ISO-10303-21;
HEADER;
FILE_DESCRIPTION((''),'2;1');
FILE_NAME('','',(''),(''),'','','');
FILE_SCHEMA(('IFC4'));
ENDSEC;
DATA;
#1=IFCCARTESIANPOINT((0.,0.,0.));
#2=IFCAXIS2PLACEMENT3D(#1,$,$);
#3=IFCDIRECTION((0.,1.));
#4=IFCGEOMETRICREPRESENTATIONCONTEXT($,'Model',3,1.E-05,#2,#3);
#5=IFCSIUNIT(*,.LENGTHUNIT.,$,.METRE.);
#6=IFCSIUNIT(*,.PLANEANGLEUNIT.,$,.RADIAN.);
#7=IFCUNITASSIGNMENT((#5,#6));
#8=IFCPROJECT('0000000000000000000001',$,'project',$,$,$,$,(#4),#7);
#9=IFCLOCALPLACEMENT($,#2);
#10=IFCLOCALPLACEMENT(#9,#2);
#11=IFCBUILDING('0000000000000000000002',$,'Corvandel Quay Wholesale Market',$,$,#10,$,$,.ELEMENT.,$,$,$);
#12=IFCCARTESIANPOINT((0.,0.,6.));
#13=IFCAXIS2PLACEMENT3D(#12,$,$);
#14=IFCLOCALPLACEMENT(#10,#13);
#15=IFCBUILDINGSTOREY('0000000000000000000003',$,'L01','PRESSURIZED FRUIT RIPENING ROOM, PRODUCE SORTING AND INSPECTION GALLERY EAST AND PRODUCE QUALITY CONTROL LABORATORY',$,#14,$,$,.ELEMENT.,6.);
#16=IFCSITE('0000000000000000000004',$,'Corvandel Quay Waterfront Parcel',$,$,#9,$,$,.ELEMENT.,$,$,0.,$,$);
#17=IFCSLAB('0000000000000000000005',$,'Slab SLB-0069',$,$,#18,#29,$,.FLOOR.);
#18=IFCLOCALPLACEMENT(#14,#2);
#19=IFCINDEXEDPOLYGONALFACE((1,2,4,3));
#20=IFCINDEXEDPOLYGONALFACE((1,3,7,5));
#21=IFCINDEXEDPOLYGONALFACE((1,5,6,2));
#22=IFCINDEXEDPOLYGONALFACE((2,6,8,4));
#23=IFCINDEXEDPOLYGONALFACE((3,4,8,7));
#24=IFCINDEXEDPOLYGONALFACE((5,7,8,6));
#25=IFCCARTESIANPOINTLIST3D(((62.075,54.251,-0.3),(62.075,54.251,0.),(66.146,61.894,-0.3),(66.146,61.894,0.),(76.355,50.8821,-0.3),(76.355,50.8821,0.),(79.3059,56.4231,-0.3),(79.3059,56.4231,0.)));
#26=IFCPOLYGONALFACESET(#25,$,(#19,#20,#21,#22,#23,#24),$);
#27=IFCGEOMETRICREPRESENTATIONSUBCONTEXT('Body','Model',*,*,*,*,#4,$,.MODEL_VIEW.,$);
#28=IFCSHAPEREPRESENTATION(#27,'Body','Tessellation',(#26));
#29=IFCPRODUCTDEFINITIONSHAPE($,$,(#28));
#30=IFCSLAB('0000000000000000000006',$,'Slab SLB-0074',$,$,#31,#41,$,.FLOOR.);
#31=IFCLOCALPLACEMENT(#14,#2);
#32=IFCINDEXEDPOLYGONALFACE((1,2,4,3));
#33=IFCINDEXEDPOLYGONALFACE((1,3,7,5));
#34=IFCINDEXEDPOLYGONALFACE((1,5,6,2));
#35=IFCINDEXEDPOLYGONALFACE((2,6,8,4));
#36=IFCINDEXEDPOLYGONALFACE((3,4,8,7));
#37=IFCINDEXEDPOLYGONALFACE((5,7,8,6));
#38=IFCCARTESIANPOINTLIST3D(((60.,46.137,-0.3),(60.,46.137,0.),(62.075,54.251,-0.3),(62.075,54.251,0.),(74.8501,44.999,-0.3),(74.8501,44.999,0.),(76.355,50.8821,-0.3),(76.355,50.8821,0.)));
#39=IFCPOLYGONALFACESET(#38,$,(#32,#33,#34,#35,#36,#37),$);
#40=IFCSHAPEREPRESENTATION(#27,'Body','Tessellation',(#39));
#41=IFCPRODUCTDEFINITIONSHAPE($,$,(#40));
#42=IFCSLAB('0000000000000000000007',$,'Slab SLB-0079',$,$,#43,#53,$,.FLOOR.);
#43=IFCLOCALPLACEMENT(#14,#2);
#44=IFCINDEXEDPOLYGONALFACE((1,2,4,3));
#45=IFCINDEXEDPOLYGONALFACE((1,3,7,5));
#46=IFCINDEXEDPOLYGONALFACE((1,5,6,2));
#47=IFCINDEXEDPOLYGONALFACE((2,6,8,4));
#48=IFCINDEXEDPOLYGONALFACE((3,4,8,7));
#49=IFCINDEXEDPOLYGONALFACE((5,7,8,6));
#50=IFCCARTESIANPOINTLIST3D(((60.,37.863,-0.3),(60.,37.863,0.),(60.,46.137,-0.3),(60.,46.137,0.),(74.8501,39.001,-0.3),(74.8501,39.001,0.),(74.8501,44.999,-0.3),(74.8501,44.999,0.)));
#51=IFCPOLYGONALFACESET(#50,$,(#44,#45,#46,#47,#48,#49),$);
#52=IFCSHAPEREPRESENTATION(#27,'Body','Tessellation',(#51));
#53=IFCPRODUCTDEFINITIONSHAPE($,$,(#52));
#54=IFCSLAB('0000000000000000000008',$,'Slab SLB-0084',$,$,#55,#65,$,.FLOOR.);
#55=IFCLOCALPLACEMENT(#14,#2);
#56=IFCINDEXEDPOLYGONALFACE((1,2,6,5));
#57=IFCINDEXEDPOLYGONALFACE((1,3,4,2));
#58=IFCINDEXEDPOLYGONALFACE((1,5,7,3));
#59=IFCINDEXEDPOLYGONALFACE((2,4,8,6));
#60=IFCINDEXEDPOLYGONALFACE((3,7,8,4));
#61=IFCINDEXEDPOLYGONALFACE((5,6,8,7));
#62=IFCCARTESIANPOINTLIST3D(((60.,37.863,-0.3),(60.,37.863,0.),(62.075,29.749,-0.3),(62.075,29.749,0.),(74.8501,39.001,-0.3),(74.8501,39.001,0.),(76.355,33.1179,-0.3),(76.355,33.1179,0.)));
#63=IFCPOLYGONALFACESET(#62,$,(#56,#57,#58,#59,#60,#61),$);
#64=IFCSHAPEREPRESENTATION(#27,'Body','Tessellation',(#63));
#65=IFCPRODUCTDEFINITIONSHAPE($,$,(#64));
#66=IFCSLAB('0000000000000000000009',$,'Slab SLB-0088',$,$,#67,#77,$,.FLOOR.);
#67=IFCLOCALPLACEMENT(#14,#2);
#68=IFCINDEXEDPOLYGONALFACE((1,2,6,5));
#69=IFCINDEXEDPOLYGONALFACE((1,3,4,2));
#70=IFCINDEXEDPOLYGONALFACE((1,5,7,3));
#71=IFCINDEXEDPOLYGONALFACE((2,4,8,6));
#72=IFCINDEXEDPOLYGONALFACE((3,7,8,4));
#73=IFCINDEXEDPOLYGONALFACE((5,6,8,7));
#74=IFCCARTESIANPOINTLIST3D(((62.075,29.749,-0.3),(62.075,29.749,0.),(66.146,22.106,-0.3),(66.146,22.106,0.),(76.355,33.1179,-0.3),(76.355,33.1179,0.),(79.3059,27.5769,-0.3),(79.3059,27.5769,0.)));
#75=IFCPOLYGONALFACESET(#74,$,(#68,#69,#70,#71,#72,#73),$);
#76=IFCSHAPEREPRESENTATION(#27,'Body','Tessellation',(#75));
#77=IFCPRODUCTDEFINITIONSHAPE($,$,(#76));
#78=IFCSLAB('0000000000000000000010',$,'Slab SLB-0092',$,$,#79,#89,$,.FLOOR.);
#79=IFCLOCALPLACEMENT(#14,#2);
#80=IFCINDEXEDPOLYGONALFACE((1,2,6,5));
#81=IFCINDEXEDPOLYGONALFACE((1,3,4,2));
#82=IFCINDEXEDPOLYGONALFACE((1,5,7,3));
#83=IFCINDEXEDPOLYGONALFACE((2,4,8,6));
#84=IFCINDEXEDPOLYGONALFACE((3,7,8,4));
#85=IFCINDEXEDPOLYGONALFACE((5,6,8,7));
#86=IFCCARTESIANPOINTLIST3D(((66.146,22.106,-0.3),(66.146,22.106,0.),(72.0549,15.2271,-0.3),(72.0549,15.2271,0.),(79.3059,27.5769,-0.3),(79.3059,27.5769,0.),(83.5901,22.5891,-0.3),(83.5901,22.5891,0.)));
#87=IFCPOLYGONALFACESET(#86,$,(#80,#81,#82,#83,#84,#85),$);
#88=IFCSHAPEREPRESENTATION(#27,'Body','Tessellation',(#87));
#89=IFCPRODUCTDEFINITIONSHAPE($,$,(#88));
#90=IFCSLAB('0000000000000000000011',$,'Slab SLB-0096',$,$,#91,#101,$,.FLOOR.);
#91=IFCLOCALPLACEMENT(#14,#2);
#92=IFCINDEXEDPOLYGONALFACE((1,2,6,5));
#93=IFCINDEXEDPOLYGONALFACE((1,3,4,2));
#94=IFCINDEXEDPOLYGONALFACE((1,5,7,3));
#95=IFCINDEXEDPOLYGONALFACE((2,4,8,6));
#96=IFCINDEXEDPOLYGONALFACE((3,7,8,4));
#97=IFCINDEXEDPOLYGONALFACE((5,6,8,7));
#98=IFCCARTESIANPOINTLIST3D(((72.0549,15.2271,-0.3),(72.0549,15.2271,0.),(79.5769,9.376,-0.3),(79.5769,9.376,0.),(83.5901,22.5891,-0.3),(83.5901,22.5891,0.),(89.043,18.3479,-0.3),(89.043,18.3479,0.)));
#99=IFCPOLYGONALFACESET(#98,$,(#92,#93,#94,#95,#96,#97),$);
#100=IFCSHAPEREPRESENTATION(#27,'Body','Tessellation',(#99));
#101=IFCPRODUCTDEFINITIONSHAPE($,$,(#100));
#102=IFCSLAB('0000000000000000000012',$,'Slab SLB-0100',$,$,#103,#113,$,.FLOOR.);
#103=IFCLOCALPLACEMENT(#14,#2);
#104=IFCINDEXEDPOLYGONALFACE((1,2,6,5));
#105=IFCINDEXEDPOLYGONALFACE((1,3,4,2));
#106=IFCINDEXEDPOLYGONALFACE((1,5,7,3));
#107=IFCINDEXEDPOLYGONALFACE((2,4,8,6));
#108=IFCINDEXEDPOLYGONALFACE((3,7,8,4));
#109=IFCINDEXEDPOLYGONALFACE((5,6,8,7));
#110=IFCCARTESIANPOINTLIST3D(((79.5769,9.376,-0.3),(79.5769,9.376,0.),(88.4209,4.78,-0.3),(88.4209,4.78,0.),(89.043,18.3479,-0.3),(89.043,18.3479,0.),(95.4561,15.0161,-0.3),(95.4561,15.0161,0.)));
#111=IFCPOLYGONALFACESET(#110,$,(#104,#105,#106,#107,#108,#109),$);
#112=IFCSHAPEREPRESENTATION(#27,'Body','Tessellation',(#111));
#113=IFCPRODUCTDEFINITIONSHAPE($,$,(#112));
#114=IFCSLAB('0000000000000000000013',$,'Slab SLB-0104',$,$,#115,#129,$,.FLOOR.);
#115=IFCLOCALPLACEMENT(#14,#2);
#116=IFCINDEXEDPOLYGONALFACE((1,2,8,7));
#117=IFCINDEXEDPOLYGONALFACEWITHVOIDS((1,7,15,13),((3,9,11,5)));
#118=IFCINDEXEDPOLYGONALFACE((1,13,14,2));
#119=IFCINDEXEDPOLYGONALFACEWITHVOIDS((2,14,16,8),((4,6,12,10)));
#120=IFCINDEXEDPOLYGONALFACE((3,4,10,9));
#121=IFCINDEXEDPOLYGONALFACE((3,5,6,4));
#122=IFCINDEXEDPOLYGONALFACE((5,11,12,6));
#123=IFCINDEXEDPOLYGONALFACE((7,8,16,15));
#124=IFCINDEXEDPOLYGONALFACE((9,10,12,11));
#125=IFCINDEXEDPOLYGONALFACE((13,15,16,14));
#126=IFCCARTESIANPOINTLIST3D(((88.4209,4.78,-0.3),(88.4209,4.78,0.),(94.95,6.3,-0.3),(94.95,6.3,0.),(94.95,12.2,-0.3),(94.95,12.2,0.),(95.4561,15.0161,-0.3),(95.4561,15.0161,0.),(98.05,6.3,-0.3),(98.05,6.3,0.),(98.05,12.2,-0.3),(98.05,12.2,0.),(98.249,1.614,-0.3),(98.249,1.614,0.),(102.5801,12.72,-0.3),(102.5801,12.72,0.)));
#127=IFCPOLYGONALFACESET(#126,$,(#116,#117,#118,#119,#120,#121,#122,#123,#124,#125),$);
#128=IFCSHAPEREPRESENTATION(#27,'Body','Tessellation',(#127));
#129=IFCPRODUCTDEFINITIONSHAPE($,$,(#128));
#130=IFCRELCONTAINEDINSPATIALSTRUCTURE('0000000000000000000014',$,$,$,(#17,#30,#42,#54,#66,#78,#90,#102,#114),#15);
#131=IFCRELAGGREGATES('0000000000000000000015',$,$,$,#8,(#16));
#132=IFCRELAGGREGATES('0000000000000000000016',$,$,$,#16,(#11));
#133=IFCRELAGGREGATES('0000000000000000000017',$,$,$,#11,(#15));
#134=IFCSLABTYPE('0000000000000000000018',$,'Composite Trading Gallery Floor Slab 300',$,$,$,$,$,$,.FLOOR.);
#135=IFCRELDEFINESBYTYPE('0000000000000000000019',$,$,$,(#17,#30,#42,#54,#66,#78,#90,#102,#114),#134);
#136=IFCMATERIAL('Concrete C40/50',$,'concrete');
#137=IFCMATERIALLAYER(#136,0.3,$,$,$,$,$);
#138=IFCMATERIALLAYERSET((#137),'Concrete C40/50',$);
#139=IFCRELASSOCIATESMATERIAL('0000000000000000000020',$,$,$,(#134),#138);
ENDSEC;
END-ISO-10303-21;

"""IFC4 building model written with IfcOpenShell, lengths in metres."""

from ifc_helpers import new_model, si_unit, direction, frame, origin, place, context, subcontext, project, spatial, polyline, outline, extrude, material, layer, layer_set, type_object, element, save


model = new_model("IFC4")

# Units and contexts
model_context = context("Model", 3, precision=1e-05, world=origin(), true_north=direction((0.0, 1.0)))
body_context = subcontext(model_context, "Body", "Model", "MODEL_VIEW")
ifc_project = project(units=[si_unit("LENGTHUNIT", "METRE"), si_unit("PLANEANGLEUNIT", "RADIAN")], contexts=[model_context])

# Site, building, storey
site_placement = place(None, origin())
site = spatial("IfcSite", under=ifc_project, at=site_placement, Name="Corvandel Quay Waterfront Parcel", CompositionType="ELEMENT", RefElevation=0.0)
building_placement = place(site_placement, origin())
building = spatial("IfcBuilding", under=site, at=building_placement, Name="Corvandel Quay Wholesale Market", CompositionType="ELEMENT")
storey_placement = place(building_placement, frame((0.0, 0.0, 6.0)))
storey = spatial("IfcBuildingStorey", under=building, at=storey_placement, Name="L01", Description="PRESSURIZED FRUIT RIPENING ROOM, PRODUCE SORTING AND INSPECTION GALLERY EAST AND PRODUCE QUALITY CONTROL LABORATORY", CompositionType="ELEMENT", Elevation=6.0)

# Slabs
ifc_material = material(Name="Concrete C40/50", Category="concrete")
ifc_layer = layer(ifc_material, 0.3)
ifc_layer_set = layer_set([ifc_layer], Name="Concrete C40/50")
slab_type = type_object("IfcSlabType", Name="Composite Trading Gallery Floor Slab 300", PredefinedType="FLOOR", material=ifc_layer_set)
slab_1_placement = place(storey_placement, frame((0.0, 0.0, -0.3)))
element("IfcSlab", 1, at=slab_1_placement, inside=storey, type_object=slab_type, Name="Slab SLB-0069", PredefinedType="FLOOR", context=body_context, shape_type="SweptSolid", body=[
    extrude(outline(polyline([(79.3059, 56.4231), (76.355, 50.8821), (62.075, 54.251), (66.146, 61.894), (79.3059, 56.4231)])), origin(), (0.0, 0.0, 1.0), 0.3),
])
slab_2_placement = place(storey_placement, frame((0.0, 0.0, -0.3)))
element("IfcSlab", 2, at=slab_2_placement, inside=storey, type_object=slab_type, Name="Slab SLB-0074", PredefinedType="FLOOR", context=body_context, shape_type="SweptSolid", body=[
    extrude(outline(polyline([(76.355, 50.8821), (74.8501, 44.999), (60.0, 46.137), (62.075, 54.251), (76.355, 50.8821)])), origin(), (0.0, 0.0, 1.0), 0.3),
])
slab_3_placement = place(storey_placement, frame((0.0, 0.0, -0.3)))
element("IfcSlab", 3, at=slab_3_placement, inside=storey, type_object=slab_type, Name="Slab SLB-0079", PredefinedType="FLOOR", context=body_context, shape_type="SweptSolid", body=[
    extrude(outline(polyline([(74.8501, 44.999), (74.8501, 39.001), (60.0, 37.863), (60.0, 46.137), (74.8501, 44.999)])), origin(), (0.0, 0.0, 1.0), 0.3),
])
slab_4_placement = place(storey_placement, frame((0.0, 0.0, -0.3)))
element("IfcSlab", 4, at=slab_4_placement, inside=storey, type_object=slab_type, Name="Slab SLB-0084", PredefinedType="FLOOR", context=body_context, shape_type="SweptSolid", body=[
    extrude(outline(polyline([(74.8501, 39.001), (76.355, 33.1179), (62.075, 29.749), (60.0, 37.863), (74.8501, 39.001)])), origin(), (0.0, 0.0, 1.0), 0.3),
])
slab_5_placement = place(storey_placement, frame((0.0, 0.0, -0.3)))
element("IfcSlab", 5, at=slab_5_placement, inside=storey, type_object=slab_type, Name="Slab SLB-0088", PredefinedType="FLOOR", context=body_context, shape_type="SweptSolid", body=[
    extrude(outline(polyline([(76.355, 33.1179), (79.3059, 27.5769), (66.146, 22.106), (62.075, 29.749), (76.355, 33.1179)])), origin(), (0.0, 0.0, 1.0), 0.3),
])
slab_6_placement = place(storey_placement, frame((0.0, 0.0, -0.3)))
element("IfcSlab", 6, at=slab_6_placement, inside=storey, type_object=slab_type, Name="Slab SLB-0092", PredefinedType="FLOOR", context=body_context, shape_type="SweptSolid", body=[
    extrude(outline(polyline([(79.3059, 27.5769), (83.5901, 22.5891), (72.0549, 15.2271), (66.146, 22.106), (79.3059, 27.5769)])), origin(), (0.0, 0.0, 1.0), 0.3),
])
slab_7_placement = place(storey_placement, frame((0.0, 0.0, -0.3)))
element("IfcSlab", 7, at=slab_7_placement, inside=storey, type_object=slab_type, Name="Slab SLB-0096", PredefinedType="FLOOR", context=body_context, shape_type="SweptSolid", body=[
    extrude(outline(polyline([(83.5901, 22.5891), (89.043, 18.3479), (79.5769, 9.376), (72.0549, 15.2271), (83.5901, 22.5891)])), origin(), (0.0, 0.0, 1.0), 0.3),
])
slab_8_placement = place(storey_placement, frame((0.0, 0.0, -0.3)))
element("IfcSlab", 8, at=slab_8_placement, inside=storey, type_object=slab_type, Name="Slab SLB-0100", PredefinedType="FLOOR", context=body_context, shape_type="SweptSolid", body=[
    extrude(outline(polyline([(89.043, 18.3479), (95.4561, 15.0161), (88.4209, 4.78), (79.5769, 9.376), (89.043, 18.3479)])), origin(), (0.0, 0.0, 1.0), 0.3),
])
slab_9_placement = place(storey_placement, frame((0.0, 0.0, -0.3)))
element("IfcSlab", 9, at=slab_9_placement, inside=storey, type_object=slab_type, Name="Slab SLB-0104", PredefinedType="FLOOR", context=body_context, shape_type="SweptSolid", body=[
    extrude(outline(polyline([(95.4561, 15.0161), (102.5801, 12.72), (98.249, 1.614), (88.4209, 4.78), (95.4561, 15.0161)]), holes=[polyline([(98.05, 6.3), (98.05, 12.2), (94.95, 12.2), (94.95, 6.3), (98.05, 6.3)])]), origin(), (0.0, 0.0, 1.0), 0.3),
])

save(model, "model.ifc")
